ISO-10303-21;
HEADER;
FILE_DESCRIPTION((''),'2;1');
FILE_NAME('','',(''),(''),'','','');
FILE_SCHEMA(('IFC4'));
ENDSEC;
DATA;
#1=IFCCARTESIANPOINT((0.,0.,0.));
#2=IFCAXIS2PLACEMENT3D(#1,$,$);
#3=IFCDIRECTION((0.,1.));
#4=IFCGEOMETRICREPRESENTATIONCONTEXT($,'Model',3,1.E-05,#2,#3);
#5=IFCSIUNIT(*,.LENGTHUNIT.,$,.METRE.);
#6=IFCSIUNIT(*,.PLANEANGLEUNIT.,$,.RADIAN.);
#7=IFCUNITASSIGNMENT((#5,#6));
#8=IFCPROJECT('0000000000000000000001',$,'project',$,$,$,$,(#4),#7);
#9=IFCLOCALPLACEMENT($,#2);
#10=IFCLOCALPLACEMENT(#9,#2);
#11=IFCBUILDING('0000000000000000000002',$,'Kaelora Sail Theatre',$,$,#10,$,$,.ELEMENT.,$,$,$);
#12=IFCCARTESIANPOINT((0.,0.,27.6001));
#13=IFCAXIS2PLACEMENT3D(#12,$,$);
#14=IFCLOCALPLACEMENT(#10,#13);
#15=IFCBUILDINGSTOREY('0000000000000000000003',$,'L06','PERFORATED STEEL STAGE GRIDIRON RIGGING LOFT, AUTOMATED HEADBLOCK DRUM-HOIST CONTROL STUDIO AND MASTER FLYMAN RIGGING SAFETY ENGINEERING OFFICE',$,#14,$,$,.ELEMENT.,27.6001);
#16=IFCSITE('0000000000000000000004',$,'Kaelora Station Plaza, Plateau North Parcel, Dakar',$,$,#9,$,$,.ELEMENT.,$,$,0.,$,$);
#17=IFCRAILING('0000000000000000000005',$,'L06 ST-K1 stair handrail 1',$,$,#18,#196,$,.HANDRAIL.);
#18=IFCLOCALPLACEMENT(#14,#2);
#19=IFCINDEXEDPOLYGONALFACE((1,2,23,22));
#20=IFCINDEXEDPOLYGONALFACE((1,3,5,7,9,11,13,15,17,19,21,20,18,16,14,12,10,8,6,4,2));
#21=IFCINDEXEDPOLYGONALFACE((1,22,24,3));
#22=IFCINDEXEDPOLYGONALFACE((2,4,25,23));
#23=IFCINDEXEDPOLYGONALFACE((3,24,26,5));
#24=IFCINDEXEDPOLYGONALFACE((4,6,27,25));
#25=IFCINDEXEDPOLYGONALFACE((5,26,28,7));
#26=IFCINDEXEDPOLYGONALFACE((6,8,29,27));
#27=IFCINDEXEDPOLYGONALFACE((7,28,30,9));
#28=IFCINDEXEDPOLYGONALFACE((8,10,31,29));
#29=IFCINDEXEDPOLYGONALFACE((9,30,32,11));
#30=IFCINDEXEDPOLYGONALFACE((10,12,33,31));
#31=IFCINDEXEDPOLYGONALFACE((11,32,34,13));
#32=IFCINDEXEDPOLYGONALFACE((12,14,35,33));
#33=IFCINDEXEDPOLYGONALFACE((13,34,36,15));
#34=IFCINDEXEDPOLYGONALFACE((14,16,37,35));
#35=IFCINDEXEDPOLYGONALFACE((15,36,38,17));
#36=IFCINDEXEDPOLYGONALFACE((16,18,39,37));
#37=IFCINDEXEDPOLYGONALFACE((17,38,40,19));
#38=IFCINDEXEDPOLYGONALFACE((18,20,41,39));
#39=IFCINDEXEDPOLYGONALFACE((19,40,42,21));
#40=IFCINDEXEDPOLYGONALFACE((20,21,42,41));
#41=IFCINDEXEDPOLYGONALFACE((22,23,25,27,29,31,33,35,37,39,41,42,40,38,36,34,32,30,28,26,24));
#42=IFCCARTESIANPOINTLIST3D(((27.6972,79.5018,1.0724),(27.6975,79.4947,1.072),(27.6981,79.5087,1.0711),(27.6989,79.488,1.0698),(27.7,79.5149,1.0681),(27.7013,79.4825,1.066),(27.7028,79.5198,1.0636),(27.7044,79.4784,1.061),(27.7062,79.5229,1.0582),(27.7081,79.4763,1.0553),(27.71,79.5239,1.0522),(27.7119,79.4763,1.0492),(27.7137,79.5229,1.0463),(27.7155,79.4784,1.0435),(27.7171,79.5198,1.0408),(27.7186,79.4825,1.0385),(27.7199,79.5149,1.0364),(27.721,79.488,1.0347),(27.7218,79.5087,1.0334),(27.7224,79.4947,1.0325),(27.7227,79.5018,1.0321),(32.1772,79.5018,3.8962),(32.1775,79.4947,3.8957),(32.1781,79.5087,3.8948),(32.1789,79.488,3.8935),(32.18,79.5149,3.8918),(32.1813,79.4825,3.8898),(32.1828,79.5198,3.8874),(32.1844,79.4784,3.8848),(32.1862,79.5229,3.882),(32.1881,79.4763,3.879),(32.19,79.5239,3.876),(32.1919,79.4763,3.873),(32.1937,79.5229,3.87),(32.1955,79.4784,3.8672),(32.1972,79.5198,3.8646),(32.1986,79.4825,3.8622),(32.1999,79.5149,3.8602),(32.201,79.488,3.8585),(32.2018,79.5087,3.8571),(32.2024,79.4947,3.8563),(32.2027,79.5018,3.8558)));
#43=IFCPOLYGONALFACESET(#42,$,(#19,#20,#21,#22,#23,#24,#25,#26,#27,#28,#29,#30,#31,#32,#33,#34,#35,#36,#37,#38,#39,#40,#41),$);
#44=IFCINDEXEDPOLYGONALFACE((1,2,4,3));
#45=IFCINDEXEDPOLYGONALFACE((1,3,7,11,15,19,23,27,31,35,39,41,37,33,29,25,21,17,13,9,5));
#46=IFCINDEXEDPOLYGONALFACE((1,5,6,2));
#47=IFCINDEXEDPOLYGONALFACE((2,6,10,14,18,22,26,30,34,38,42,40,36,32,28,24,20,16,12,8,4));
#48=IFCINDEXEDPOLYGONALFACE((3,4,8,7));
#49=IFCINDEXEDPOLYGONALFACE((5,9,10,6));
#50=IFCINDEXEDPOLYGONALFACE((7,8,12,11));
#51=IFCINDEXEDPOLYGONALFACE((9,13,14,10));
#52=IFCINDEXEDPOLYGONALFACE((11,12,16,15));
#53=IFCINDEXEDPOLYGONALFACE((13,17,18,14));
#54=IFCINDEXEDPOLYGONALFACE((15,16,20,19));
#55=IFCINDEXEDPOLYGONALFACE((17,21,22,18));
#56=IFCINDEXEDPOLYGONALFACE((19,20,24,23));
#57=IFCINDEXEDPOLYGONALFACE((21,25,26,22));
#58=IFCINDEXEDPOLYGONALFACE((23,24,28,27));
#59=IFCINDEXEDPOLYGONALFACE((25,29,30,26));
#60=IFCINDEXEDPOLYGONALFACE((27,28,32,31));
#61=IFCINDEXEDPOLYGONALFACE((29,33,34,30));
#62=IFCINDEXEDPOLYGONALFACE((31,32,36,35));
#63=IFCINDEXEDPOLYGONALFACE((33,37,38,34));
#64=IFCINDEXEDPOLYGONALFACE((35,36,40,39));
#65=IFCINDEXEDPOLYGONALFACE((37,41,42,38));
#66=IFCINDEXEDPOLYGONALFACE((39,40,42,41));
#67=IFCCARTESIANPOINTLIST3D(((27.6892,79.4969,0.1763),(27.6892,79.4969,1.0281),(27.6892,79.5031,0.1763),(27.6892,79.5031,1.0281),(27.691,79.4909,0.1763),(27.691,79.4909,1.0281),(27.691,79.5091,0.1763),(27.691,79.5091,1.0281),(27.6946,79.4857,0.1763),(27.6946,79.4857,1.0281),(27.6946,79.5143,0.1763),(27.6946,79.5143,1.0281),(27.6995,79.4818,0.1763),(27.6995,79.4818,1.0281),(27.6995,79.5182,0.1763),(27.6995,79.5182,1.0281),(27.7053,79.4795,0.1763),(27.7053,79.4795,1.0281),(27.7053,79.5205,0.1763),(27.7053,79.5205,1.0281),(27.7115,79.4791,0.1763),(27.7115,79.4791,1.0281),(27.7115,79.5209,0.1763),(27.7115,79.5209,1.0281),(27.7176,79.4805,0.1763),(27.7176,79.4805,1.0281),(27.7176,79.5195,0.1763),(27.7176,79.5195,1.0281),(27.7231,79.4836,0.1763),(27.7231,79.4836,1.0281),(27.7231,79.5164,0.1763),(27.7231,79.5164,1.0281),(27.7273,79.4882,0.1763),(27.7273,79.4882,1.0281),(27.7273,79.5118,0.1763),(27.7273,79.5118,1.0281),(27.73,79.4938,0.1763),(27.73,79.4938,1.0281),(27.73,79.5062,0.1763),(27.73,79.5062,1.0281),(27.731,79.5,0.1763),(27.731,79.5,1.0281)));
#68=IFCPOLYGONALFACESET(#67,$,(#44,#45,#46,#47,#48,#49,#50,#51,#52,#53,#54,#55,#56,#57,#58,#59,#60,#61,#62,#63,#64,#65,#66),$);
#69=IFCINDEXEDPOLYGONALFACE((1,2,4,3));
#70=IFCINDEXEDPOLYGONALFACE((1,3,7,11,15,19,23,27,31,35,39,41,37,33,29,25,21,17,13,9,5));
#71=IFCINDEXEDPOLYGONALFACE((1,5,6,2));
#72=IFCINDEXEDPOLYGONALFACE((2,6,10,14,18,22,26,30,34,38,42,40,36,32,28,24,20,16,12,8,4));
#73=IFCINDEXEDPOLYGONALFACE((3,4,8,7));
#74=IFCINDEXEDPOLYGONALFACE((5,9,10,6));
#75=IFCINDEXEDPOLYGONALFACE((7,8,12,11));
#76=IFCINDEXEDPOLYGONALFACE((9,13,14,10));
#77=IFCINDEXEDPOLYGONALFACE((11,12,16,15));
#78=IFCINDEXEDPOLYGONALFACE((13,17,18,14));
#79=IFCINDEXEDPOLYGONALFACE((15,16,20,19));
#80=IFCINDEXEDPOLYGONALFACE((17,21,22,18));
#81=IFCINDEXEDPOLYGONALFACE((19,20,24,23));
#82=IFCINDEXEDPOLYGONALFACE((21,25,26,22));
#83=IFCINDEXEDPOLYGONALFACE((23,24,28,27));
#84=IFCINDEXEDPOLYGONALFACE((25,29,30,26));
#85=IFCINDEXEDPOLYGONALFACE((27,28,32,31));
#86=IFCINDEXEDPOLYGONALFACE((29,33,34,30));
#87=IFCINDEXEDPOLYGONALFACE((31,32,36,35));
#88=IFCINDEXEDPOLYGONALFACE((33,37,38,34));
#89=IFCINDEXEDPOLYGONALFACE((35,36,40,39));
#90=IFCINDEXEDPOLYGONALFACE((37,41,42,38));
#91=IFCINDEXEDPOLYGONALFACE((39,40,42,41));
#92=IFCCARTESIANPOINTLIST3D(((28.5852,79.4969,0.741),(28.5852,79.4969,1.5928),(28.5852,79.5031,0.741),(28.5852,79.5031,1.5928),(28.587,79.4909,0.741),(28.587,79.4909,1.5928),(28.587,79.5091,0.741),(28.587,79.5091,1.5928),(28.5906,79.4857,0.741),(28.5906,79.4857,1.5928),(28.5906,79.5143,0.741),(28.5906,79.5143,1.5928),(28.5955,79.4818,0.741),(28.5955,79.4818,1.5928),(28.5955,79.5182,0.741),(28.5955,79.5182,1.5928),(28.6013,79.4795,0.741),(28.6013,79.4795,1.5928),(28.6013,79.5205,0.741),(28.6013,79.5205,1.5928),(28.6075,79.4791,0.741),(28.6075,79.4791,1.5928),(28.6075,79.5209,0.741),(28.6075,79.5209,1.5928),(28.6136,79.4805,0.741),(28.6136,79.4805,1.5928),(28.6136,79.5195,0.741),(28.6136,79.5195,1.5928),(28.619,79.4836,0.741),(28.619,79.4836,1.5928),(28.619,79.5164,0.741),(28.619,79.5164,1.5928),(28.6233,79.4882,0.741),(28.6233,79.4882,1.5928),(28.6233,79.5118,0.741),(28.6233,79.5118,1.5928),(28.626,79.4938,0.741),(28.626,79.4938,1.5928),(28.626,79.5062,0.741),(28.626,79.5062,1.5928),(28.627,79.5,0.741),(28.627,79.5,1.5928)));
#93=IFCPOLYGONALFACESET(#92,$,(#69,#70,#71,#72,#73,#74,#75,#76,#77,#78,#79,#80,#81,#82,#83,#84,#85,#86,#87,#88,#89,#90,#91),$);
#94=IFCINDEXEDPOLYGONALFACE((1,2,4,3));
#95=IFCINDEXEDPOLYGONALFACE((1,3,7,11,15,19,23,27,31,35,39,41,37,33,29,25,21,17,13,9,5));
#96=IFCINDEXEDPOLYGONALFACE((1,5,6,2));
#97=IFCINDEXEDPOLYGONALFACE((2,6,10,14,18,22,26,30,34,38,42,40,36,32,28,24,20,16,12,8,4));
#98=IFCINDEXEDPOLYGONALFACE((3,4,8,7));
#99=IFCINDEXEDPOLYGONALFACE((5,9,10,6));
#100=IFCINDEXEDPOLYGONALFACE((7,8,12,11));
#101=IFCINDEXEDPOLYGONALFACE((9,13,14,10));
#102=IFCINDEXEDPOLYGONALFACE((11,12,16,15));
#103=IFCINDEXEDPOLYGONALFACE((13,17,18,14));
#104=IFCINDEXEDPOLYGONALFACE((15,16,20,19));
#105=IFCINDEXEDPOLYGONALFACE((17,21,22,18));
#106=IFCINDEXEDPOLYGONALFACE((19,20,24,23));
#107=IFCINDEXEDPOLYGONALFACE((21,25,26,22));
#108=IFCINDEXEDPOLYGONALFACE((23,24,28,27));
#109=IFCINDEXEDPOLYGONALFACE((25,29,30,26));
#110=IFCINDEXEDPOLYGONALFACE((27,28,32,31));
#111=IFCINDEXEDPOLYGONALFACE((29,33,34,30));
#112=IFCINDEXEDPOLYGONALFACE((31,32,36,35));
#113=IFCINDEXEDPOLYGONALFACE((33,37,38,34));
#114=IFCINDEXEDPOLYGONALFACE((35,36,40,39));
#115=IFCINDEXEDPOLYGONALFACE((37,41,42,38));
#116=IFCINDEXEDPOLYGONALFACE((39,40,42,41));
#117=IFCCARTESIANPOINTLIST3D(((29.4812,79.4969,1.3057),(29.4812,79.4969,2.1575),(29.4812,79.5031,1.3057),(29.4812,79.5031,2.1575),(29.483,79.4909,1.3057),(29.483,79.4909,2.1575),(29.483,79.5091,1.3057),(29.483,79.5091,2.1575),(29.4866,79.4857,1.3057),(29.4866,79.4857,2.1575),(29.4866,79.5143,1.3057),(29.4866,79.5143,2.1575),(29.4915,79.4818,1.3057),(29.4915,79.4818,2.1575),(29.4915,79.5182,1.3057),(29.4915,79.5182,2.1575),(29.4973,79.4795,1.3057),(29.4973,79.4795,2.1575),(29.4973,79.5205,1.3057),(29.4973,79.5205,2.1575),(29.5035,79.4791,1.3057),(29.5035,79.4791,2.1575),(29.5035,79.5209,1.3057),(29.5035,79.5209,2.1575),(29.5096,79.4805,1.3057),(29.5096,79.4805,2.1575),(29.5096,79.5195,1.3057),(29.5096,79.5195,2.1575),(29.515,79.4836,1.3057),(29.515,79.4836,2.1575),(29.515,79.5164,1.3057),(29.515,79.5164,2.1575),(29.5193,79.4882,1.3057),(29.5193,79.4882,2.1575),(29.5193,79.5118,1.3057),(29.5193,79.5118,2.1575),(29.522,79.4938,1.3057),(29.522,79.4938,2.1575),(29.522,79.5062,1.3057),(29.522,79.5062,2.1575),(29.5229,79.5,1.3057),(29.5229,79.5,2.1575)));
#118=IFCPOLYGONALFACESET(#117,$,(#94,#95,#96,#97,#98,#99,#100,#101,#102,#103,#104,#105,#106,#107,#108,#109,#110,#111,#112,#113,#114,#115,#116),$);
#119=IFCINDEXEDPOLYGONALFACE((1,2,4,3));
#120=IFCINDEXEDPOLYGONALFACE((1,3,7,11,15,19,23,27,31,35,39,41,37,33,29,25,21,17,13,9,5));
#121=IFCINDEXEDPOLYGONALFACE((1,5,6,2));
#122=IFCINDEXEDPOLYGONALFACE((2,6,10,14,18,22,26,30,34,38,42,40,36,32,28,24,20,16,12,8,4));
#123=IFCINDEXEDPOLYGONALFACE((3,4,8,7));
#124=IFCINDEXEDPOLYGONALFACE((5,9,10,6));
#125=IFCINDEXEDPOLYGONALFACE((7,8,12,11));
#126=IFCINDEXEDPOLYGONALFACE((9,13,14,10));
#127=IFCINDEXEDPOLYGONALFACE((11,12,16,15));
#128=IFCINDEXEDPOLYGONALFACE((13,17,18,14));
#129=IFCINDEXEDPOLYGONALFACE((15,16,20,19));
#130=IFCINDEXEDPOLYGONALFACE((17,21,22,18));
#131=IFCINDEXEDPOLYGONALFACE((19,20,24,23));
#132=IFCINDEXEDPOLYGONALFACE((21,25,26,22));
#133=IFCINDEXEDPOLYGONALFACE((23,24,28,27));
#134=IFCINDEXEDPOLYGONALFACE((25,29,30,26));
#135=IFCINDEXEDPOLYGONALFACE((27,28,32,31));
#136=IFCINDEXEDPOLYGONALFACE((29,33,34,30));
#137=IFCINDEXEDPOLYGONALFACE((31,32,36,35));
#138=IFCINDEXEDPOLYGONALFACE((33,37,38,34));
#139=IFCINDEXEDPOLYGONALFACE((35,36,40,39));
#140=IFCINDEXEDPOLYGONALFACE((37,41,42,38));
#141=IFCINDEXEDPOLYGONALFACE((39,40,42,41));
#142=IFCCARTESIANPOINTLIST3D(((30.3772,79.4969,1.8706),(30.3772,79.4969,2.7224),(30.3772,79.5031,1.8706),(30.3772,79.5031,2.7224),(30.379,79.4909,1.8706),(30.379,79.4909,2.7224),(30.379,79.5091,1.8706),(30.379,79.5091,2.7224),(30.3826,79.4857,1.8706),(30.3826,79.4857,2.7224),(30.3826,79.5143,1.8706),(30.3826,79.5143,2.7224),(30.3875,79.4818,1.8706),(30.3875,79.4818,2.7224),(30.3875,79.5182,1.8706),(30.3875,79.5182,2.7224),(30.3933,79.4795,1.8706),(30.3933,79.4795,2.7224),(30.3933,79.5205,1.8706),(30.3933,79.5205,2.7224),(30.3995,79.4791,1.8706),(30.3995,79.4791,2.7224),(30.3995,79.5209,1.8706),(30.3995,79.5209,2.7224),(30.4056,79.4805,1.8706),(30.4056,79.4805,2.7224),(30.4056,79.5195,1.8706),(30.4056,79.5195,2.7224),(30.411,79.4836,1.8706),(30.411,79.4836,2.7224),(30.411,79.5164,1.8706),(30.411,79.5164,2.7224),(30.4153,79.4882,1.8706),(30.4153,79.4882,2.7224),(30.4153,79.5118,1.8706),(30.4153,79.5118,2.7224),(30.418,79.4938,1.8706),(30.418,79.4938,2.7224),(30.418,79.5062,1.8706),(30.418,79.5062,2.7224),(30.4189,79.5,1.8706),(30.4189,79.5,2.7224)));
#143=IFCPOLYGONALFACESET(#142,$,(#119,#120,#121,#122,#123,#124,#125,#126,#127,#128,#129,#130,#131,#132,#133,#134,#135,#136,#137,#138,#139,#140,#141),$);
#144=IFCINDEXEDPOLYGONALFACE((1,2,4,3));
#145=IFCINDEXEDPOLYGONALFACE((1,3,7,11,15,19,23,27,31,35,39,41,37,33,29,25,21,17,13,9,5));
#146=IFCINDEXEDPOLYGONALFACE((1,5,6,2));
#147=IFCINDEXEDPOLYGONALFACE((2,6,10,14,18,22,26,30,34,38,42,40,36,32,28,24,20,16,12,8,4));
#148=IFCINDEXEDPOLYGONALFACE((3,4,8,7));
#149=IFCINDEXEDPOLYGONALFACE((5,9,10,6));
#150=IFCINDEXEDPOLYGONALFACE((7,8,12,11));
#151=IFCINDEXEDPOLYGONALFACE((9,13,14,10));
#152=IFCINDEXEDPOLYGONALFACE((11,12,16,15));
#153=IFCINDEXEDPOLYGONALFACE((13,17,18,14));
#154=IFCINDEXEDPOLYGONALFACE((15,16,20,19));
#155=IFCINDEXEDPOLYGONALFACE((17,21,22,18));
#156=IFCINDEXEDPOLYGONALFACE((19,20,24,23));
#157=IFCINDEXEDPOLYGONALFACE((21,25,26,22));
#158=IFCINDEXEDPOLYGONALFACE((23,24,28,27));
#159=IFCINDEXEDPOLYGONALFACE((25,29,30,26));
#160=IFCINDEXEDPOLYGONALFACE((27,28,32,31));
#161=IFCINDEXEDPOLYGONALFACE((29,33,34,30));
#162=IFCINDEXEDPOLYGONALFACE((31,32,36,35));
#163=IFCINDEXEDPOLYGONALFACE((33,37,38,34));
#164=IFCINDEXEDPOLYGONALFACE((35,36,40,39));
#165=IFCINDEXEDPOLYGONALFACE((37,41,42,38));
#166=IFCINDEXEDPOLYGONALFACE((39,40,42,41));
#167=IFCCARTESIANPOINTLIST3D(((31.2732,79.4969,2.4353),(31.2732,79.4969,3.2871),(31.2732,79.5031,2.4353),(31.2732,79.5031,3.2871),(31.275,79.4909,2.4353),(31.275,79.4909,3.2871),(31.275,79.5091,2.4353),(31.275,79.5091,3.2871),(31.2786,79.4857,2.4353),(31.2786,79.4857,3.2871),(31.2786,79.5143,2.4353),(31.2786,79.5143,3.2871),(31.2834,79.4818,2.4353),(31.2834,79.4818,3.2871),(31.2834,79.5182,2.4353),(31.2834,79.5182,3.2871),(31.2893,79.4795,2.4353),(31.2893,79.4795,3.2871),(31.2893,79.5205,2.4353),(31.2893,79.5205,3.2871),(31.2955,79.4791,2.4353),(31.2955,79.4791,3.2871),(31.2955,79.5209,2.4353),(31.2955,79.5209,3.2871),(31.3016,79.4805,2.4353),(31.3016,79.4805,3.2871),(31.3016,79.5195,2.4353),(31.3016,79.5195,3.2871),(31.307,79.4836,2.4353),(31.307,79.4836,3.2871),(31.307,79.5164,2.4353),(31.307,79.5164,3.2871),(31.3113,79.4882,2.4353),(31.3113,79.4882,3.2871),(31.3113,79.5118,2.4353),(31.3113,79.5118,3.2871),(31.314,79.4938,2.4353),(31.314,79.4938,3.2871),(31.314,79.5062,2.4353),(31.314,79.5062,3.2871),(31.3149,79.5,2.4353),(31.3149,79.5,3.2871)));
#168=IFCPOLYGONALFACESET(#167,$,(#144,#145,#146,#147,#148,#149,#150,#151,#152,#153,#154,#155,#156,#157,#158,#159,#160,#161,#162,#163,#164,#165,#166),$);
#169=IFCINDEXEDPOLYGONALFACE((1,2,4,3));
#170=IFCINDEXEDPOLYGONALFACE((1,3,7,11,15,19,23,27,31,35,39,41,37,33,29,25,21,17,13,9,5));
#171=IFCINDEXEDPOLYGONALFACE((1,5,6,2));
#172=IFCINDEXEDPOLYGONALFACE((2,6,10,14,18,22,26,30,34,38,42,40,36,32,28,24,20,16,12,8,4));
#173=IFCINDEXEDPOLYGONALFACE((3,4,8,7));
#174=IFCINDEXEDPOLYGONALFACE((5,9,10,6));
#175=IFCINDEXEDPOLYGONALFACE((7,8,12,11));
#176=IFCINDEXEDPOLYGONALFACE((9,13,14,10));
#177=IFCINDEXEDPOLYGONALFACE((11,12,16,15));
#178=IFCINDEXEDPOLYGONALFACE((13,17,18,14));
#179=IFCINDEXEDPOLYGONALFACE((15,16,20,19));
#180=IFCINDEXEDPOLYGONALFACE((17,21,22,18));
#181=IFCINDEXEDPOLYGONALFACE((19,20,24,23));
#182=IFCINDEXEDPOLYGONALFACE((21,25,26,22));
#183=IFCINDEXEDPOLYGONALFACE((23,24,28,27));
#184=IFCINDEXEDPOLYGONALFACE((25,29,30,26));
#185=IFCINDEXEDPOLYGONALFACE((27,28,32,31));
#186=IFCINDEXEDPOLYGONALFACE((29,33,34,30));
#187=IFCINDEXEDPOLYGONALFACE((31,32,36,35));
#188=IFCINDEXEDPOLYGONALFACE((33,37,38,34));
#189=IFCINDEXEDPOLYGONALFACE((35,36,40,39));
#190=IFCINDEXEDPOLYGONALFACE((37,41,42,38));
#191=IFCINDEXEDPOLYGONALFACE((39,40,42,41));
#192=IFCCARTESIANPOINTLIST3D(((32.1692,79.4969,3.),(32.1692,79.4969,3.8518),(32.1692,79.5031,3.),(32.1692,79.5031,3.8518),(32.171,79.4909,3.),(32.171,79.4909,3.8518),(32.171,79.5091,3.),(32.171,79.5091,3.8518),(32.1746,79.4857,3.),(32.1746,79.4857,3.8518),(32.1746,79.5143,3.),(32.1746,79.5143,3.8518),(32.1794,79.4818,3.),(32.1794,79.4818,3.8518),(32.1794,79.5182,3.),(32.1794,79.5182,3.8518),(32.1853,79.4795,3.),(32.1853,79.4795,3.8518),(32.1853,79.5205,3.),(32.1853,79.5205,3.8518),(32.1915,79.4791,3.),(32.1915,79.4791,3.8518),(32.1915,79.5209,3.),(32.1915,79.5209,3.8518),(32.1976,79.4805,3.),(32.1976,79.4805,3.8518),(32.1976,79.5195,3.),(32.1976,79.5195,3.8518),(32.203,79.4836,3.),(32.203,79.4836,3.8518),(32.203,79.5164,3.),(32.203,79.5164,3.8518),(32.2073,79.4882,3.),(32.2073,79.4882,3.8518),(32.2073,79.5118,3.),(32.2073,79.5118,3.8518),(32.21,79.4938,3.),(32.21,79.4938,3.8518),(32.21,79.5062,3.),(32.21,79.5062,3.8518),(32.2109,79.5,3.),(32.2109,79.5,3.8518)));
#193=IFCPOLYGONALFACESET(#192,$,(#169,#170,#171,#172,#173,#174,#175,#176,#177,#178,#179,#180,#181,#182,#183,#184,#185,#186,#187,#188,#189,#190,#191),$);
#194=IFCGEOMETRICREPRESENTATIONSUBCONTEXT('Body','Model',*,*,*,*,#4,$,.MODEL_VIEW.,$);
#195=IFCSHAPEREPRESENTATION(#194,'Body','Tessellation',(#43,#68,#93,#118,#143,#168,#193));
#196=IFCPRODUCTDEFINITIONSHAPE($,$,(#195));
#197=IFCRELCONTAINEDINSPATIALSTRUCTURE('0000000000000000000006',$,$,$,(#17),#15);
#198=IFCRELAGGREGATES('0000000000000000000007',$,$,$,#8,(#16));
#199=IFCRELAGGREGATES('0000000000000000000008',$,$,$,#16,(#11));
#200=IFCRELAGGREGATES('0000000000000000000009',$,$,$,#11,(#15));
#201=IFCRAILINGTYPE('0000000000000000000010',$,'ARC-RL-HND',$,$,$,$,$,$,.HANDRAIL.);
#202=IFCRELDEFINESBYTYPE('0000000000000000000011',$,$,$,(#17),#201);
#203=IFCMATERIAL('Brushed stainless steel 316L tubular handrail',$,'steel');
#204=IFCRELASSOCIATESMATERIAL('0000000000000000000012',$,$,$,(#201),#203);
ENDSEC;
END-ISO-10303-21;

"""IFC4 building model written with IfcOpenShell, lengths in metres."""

from ifc_helpers import new_model, si_unit, direction, frame, origin, origin_2d, place, context, subcontext, project, spatial, circle, extrude, material, type_object, element, save


model = new_model("IFC4")

# Units and contexts
model_context = context("Model", 3, precision=1e-05, world=origin(), true_north=direction((0.0, 1.0)))
body_context = subcontext(model_context, "Body", "Model", "MODEL_VIEW")
ifc_project = project(units=[si_unit("LENGTHUNIT", "METRE"), si_unit("PLANEANGLEUNIT", "RADIAN")], contexts=[model_context])

# Site, building, storey
site_placement = place(None, origin())
site = spatial("IfcSite", under=ifc_project, at=site_placement, Name="Kaelora Station Plaza, Plateau North Parcel, Dakar", CompositionType="ELEMENT", RefElevation=0.0)
building_placement = place(site_placement, origin())
building = spatial("IfcBuilding", under=site, at=building_placement, Name="Kaelora Sail Theatre", CompositionType="ELEMENT")
storey_placement = place(building_placement, frame((0.0, 0.0, 27.6001)))
storey = spatial("IfcBuildingStorey", under=building, at=storey_placement, Name="L06", Description="PERFORATED STEEL STAGE GRIDIRON RIGGING LOFT, AUTOMATED HEADBLOCK DRUM-HOIST CONTROL STUDIO AND MASTER FLYMAN RIGGING SAFETY ENGINEERING OFFICE", CompositionType="ELEMENT", Elevation=27.6001)

# Railing
ifc_material_1 = material(Name="Brushed stainless steel 316L tubular handrail", Category="steel")
railing_type_1 = type_object("IfcRailingType", Name="ARC-RL-HND", PredefinedType="HANDRAIL", material=ifc_material_1)
railing_1_placement = place(storey_placement, frame((27.71, 79.5, 0.1763)))
element("IfcRailing", 1, at=railing_1_placement, inside=storey, type_object=railing_type_1, Name="L06 ST-K1 stair handrail 1", PredefinedType="HANDRAIL", context=body_context, shape_type="SweptSolid", body=[
    extrude(circle(Radius=0.0239, at=origin_2d()), frame((0.0, 0.0, 0.876), z_axis=(0.845977, 0.0, 0.533219), x_axis=(0.0, 1.0, 0.0)), (0.0, 0.0, 1.0), 5.2957),
    extrude(circle(Radius=0.021, at=origin_2d()), origin(), (0.0, 0.0, 1.0), 0.8518),
    extrude(circle(Radius=0.021, at=origin_2d()), frame((0.896, 0.0, 0.5647)), (0.0, 0.0, 1.0), 0.8518),
    extrude(circle(Radius=0.021, at=origin_2d()), frame((1.792, 0.0, 1.1294)), (0.0, 0.0, 1.0), 0.8518),
    extrude(circle(Radius=0.021, at=origin_2d()), frame((2.688, 0.0, 1.6943)), (0.0, 0.0, 1.0), 0.8518),
    extrude(circle(Radius=0.021, at=origin_2d()), frame((3.584, 0.0, 2.259)), (0.0, 0.0, 1.0), 0.8518),
    extrude(circle(Radius=0.021, at=origin_2d()), frame((4.48, 0.0, 2.8237)), (0.0, 0.0, 1.0), 0.8518),
])

save(model, "model.ifc")
